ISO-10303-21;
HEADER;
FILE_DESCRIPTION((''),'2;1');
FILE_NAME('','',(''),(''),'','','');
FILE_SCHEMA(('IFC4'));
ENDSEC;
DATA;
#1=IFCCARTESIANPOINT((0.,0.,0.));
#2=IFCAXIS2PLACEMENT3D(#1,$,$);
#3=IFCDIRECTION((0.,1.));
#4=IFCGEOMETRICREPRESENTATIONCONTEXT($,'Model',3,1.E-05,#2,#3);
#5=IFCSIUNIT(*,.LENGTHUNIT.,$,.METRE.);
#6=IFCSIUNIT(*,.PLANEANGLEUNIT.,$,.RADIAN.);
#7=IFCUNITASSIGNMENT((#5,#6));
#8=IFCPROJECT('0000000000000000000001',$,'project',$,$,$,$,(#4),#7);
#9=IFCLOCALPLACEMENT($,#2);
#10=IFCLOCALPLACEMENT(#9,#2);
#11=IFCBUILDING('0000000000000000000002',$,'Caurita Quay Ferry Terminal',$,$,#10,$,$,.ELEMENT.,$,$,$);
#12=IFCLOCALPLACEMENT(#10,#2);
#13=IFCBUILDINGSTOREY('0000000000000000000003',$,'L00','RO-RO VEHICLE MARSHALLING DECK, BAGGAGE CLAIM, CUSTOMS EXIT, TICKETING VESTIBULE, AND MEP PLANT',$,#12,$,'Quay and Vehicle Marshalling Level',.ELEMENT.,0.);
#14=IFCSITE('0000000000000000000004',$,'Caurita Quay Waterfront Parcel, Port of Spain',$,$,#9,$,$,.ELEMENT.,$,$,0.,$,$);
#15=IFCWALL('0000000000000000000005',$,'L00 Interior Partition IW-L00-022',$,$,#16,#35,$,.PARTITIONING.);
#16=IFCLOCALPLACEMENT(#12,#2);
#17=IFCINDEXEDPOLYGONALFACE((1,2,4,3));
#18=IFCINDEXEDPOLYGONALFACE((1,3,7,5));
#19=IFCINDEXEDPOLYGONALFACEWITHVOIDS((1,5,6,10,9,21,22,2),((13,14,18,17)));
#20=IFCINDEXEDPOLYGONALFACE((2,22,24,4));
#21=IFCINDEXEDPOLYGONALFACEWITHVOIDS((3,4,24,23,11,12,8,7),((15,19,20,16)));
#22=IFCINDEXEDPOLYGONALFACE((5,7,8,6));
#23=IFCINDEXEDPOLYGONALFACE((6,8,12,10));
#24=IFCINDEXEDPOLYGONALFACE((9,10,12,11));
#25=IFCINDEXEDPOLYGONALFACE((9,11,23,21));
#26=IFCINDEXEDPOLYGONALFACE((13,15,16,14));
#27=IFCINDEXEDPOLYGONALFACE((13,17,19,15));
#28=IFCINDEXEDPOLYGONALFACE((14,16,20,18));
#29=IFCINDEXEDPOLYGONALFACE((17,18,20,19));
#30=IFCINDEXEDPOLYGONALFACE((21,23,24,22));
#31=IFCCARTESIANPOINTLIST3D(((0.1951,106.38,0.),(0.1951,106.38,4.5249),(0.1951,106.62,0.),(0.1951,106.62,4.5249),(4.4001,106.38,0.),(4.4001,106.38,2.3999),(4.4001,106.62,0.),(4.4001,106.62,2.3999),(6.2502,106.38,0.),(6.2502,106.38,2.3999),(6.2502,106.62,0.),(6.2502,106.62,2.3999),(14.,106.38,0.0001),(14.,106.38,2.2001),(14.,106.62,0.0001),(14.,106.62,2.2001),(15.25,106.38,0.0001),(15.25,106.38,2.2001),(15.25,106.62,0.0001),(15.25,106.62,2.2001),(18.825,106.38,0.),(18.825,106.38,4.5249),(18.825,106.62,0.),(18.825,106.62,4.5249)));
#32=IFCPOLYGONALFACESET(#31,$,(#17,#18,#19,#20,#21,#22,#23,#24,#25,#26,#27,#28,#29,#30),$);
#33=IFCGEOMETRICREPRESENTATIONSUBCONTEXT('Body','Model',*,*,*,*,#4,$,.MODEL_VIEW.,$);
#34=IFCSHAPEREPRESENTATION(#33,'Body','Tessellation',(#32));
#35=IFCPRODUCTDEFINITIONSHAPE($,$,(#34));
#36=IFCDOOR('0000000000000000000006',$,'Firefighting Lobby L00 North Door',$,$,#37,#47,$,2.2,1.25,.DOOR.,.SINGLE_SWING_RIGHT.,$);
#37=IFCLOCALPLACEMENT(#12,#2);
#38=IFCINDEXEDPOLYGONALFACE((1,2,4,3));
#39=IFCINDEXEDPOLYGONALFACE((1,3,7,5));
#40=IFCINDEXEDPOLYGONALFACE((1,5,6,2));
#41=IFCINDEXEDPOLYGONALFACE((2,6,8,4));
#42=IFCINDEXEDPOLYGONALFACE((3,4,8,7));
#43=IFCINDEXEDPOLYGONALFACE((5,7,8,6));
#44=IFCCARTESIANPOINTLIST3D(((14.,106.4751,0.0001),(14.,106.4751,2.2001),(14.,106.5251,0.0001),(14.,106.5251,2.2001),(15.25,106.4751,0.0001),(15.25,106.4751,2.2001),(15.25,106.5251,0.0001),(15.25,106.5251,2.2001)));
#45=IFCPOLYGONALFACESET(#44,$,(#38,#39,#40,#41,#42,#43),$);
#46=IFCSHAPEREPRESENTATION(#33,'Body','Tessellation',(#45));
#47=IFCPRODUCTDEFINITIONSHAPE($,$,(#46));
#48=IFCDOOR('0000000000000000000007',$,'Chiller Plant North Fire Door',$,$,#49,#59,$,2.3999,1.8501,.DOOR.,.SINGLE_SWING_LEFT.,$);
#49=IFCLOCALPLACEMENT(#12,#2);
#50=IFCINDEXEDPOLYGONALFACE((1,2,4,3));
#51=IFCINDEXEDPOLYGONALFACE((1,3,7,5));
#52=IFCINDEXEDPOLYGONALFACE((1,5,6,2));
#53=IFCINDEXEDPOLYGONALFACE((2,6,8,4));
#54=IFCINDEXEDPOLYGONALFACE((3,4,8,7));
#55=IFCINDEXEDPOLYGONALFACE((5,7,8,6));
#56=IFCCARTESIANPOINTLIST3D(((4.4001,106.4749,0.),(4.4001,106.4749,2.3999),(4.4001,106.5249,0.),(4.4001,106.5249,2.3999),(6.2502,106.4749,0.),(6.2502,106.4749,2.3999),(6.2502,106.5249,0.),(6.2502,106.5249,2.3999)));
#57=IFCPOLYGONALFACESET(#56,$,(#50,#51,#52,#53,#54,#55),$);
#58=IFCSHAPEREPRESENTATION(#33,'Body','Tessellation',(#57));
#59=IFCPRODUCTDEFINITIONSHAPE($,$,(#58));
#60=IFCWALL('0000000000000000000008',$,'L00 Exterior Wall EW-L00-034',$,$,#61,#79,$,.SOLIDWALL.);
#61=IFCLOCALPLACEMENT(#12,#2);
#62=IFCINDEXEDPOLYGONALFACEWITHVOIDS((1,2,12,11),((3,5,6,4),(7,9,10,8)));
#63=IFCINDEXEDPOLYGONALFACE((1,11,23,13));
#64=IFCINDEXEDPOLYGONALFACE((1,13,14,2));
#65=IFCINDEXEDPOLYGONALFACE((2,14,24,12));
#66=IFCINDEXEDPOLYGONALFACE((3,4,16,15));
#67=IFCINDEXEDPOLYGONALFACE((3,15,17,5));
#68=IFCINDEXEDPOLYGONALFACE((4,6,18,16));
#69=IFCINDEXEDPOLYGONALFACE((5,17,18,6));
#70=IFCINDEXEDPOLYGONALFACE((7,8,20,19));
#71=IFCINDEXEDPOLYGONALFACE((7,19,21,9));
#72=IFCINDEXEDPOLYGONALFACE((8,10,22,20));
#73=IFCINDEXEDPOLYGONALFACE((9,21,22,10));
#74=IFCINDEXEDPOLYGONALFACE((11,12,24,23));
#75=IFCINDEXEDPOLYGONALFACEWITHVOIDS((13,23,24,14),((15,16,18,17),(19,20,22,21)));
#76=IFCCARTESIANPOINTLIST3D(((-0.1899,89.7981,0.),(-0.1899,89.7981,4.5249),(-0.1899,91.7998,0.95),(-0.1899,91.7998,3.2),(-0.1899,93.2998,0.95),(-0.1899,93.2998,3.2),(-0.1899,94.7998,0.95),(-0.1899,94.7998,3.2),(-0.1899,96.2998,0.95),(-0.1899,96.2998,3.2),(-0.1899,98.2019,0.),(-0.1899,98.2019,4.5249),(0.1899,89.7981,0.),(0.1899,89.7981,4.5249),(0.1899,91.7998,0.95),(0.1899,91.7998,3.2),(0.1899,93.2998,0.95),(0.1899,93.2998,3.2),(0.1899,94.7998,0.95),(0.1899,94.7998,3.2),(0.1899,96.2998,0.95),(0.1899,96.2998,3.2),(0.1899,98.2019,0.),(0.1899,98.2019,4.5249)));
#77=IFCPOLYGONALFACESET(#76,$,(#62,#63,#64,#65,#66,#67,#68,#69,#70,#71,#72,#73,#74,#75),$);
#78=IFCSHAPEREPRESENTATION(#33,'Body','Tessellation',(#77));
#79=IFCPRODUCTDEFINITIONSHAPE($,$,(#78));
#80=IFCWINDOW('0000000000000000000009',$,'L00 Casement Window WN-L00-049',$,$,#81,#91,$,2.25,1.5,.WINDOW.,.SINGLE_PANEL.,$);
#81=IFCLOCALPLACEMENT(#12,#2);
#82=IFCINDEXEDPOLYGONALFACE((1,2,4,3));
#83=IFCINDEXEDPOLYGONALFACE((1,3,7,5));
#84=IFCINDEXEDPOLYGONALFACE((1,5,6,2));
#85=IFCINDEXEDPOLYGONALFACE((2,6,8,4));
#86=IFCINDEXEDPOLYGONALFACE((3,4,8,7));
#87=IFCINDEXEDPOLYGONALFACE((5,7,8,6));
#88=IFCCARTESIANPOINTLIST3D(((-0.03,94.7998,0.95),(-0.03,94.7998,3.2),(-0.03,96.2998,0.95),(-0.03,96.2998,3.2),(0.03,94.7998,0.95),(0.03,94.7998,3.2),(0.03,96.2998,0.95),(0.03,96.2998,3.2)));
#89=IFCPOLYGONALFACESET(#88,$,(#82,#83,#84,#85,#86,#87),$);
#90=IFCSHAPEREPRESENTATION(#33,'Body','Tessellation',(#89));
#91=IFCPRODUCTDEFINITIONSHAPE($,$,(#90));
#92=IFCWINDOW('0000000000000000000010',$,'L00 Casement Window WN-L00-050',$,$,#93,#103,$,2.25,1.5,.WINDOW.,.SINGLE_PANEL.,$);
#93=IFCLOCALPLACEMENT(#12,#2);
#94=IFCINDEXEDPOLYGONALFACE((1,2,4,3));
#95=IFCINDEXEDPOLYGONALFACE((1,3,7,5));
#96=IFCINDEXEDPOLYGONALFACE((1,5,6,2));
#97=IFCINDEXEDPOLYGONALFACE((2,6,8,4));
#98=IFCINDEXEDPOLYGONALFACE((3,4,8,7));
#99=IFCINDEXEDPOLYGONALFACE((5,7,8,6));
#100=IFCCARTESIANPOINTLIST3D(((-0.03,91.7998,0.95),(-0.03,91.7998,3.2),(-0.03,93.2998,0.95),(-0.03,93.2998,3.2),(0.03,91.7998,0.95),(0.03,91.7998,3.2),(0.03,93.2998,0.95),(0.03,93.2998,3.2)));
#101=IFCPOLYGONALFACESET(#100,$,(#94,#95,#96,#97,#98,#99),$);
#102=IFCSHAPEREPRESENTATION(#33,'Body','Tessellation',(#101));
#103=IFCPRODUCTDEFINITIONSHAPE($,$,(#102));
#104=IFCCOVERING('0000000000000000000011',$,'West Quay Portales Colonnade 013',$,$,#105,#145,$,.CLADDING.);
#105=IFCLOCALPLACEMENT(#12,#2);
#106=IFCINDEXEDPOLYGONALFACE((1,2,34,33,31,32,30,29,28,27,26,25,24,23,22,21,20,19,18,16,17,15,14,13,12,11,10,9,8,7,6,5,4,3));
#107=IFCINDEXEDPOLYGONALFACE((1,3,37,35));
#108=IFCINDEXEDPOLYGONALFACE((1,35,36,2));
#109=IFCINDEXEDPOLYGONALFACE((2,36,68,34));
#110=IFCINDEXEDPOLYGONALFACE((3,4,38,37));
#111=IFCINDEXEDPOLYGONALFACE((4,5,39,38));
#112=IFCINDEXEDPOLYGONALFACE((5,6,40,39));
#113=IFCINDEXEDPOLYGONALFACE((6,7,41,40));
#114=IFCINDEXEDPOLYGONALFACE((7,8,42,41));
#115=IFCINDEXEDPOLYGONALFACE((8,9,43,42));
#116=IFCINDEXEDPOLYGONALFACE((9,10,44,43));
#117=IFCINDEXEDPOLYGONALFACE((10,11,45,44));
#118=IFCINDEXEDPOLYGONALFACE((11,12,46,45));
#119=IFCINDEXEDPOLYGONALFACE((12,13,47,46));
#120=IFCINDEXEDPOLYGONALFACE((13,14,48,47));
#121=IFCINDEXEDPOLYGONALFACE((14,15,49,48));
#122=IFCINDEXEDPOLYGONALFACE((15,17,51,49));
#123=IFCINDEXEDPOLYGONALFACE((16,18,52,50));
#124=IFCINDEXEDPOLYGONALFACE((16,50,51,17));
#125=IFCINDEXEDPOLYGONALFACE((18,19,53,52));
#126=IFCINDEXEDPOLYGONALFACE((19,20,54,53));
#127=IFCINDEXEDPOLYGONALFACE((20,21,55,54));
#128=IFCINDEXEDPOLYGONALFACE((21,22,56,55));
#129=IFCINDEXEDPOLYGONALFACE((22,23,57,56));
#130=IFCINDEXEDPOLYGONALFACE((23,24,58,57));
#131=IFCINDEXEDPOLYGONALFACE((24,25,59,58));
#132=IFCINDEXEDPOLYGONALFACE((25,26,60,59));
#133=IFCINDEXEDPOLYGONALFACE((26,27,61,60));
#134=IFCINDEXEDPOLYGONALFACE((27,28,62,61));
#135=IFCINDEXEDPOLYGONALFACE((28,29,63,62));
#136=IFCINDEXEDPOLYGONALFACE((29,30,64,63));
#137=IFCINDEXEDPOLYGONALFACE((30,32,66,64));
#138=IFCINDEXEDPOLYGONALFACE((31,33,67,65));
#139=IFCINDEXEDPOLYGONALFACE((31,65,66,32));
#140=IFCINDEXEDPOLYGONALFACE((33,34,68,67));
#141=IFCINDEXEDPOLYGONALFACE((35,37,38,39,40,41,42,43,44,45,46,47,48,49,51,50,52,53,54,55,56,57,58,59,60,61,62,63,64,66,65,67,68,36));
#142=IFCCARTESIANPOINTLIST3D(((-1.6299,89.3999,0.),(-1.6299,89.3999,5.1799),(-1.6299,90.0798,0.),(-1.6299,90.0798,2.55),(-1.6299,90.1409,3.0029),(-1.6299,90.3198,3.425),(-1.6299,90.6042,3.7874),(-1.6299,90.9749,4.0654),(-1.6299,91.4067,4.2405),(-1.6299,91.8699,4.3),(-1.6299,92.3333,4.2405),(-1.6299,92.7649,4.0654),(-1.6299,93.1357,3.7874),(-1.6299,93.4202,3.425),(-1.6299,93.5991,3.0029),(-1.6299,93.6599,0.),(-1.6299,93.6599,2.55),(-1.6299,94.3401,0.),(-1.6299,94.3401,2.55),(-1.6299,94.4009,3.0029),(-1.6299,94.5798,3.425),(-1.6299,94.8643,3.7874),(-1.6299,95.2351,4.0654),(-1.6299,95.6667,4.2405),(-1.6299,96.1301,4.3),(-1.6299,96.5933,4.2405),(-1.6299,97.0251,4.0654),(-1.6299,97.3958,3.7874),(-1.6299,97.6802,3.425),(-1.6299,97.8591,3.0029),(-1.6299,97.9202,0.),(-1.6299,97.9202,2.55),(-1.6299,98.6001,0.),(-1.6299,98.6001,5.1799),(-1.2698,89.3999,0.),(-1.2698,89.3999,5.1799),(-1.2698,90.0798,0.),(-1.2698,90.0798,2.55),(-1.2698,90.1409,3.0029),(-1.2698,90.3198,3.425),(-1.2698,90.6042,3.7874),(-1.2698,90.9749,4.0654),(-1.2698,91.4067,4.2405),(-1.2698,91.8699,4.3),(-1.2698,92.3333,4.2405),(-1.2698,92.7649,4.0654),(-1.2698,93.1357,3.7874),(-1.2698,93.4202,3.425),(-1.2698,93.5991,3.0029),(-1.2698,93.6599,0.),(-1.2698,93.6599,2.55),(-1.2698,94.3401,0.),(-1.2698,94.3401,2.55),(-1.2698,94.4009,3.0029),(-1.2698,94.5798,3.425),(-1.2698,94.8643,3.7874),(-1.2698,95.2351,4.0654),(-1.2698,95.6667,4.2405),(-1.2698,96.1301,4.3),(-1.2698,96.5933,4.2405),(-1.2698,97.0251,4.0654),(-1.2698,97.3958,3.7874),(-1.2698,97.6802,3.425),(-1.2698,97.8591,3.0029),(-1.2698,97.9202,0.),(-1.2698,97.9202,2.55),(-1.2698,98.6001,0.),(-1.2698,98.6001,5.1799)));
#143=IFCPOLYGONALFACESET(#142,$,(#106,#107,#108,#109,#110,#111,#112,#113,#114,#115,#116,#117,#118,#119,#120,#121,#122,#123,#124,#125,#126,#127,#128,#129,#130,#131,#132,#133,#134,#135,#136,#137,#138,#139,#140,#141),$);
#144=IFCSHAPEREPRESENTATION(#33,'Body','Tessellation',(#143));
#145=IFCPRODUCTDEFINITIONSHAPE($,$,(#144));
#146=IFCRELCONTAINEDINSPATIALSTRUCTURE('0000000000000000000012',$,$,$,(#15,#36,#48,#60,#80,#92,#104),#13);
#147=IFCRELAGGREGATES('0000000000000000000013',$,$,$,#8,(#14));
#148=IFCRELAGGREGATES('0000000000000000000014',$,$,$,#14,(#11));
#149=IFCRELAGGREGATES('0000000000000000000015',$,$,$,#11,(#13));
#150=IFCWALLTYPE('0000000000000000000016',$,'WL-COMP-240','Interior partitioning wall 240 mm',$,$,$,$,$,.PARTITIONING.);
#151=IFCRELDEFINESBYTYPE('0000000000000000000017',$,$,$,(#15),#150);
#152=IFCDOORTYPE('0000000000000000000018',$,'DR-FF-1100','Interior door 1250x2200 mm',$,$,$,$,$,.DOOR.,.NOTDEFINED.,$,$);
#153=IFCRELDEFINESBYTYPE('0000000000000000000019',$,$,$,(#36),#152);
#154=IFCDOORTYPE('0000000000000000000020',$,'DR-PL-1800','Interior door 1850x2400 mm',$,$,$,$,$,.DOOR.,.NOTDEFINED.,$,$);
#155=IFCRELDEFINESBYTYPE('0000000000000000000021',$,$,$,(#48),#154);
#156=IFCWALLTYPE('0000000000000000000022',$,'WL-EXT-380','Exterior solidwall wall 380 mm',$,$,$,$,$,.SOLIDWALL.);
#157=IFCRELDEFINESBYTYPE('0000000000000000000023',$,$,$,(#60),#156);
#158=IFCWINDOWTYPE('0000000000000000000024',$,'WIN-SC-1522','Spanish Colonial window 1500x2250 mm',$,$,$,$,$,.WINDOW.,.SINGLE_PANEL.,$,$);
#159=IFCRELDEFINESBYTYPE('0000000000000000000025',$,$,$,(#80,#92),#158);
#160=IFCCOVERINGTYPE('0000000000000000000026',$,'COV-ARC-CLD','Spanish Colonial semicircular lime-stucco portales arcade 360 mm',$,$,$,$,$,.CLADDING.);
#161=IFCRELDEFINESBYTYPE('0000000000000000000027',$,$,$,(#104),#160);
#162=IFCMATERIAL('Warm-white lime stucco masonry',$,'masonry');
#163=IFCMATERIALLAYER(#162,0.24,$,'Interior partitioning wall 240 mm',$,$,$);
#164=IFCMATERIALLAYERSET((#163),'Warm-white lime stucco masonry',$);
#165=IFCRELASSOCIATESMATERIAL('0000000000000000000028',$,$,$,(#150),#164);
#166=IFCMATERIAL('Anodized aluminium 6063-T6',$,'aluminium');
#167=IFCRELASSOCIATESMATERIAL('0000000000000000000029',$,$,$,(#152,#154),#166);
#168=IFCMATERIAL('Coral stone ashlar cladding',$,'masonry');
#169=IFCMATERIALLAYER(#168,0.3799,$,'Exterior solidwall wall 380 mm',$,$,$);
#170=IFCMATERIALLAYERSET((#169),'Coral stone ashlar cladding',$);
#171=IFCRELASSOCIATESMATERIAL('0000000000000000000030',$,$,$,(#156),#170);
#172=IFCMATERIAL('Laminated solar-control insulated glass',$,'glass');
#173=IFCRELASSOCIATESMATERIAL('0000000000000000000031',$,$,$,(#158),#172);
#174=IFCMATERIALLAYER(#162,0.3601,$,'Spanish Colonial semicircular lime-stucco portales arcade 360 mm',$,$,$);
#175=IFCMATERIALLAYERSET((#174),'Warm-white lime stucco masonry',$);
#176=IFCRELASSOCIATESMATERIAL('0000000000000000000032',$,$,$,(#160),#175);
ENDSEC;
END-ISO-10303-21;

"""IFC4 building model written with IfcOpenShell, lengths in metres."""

from ifc_helpers import new_model, si_unit, direction, frame, frame_2d, origin, place, context, subcontext, project, spatial, polyline, rectangle, outline, extrude, material, layer, layer_set, type_object, element, fill, save


model = new_model("IFC4")

# Units and contexts
model_context = context("Model", 3, precision=1e-05, world=origin(), true_north=direction((0.0, 1.0)))
body_context = subcontext(model_context, "Body", "Model", "MODEL_VIEW")
ifc_project = project(units=[si_unit("LENGTHUNIT", "METRE"), si_unit("PLANEANGLEUNIT", "RADIAN")], contexts=[model_context])

# Site, building, storey
site_placement = place(None, origin())
site = spatial("IfcSite", under=ifc_project, at=site_placement, Name="Caurita Quay Waterfront Parcel, Port of Spain", CompositionType="ELEMENT", RefElevation=0.0)
building_placement = place(site_placement, origin())
building = spatial("IfcBuilding", under=site, at=building_placement, Name="Caurita Quay Ferry Terminal", CompositionType="ELEMENT")
storey_placement = place(building_placement, origin())
storey = spatial("IfcBuildingStorey", under=building, at=storey_placement, Name="L00", Description="RO-RO VEHICLE MARSHALLING DECK, BAGGAGE CLAIM, CUSTOMS EXIT, TICKETING VESTIBULE, AND MEP PLANT", LongName="Quay and Vehicle Marshalling Level", CompositionType="ELEMENT", Elevation=0.0)

# Wall, openings, doors
ifc_material_1 = material(Name="Warm-white lime stucco masonry", Category="masonry")
ifc_layer_1 = layer(ifc_material_1, 0.24, Name="Interior partitioning wall 240 mm")
ifc_layer_set_1 = layer_set([ifc_layer_1], Name="Warm-white lime stucco masonry")
wall_type_1 = type_object("IfcWallType", Name="WL-COMP-240", Description="Interior partitioning wall 240 mm", PredefinedType="PARTITIONING", material=ifc_layer_set_1)
wall_1_placement = place(storey_placement, frame((0.1951, 106.5, 0.0), z_axis=(0.0, 0.0, 1.0), x_axis=(1.0, 0.0, 0.0)))
wall_1 = element("IfcWall", 1, at=wall_1_placement, inside=storey, type_object=wall_type_1, Name="L00 Interior Partition IW-L00-022", PredefinedType="PARTITIONING", context=body_context, shape_type="SweptSolid", body=[
    extrude(rectangle(XDim=18.6299, YDim=0.24, at=frame_2d((9.3149, 0.0))), origin(), (0.0, 0.0, 1.0), 4.5249),
])
opening_1_placement = place(wall_1_placement, frame((4.2051, 0.0, 0.0)))
opening_1 = element("IfcOpeningElement", 2, at=opening_1_placement, cuts=wall_1, PredefinedType="OPENING", context=body_context, shape_type="SweptSolid", body=[
    extrude(rectangle(XDim=1.8501, YDim=2.3999, at=frame_2d((0.925, 1.2))), frame((0.0, 0.1299, 0.0), z_axis=(0.0, -1.0, 0.0), x_axis=(1.0, 0.0, 0.0)), (0.0, 0.0, 1.0), 0.26),
])
opening_2_placement = place(wall_1_placement, frame((13.8049, 0.0, 0.0)))
opening_2 = element("IfcOpeningElement", 3, at=opening_2_placement, cuts=wall_1, PredefinedType="OPENING", context=body_context, shape_type="SweptSolid", body=[
    extrude(rectangle(XDim=1.25, YDim=2.2, at=frame_2d((0.625, 1.1001))), frame((0.0, 0.1299, 0.0), z_axis=(0.0, -1.0, 0.0), x_axis=(1.0, 0.0, 0.0)), (0.0, 0.0, 1.0), 0.26),
])
ifc_material_2 = material(Name="Anodized aluminium 6063-T6", Category="aluminium")
door_type_1 = type_object("IfcDoorType", Name="DR-FF-1100", Description="Interior door 1250x2200 mm", OperationType="NOTDEFINED", PredefinedType="DOOR", material=ifc_material_2)
door_1_placement = place(opening_2_placement, frame((1.25, 0.0, 0.0), z_axis=(0.0, 0.0, 1.0), x_axis=(-1.0, 0.0, 0.0)))
door_1 = element("IfcDoor", 4, at=door_1_placement, inside=storey, type_object=door_type_1, Name="Firefighting Lobby L00 North Door", OperationType="SINGLE_SWING_RIGHT", OverallHeight=2.2, OverallWidth=1.25, PredefinedType="DOOR", context=body_context, shape_type="SweptSolid", body=[
    extrude(rectangle(XDim=1.25, YDim=2.2, at=frame_2d((0.625, 1.1001))), frame((0.0, 0.0249, 0.0), z_axis=(0.0, -1.0, 0.0), x_axis=(1.0, 0.0, 0.0)), (0.0, 0.0, 1.0), 0.05),
])
fill(opening_2, door_1)
door_type_2 = type_object("IfcDoorType", Name="DR-PL-1800", Description="Interior door 1850x2400 mm", OperationType="NOTDEFINED", PredefinedType="DOOR", material=ifc_material_2)
door_2_placement = place(opening_1_placement, origin())
door_2 = element("IfcDoor", 5, at=door_2_placement, inside=storey, type_object=door_type_2, Name="Chiller Plant North Fire Door", OperationType="SINGLE_SWING_LEFT", OverallHeight=2.3999, OverallWidth=1.8501, PredefinedType="DOOR", context=body_context, shape_type="SweptSolid", body=[
    extrude(rectangle(XDim=1.8501, YDim=2.3999, at=frame_2d((0.925, 1.2))), frame((0.0, 0.0249, 0.0), z_axis=(0.0, -1.0, 0.0), x_axis=(1.0, 0.0, 0.0)), (0.0, 0.0, 1.0), 0.05),
])
fill(opening_1, door_2)

# Wall, openings, windows
ifc_material_3 = material(Name="Coral stone ashlar cladding", Category="masonry")
ifc_layer_2 = layer(ifc_material_3, 0.3799, Name="Exterior solidwall wall 380 mm")
ifc_layer_set_2 = layer_set([ifc_layer_2], Name="Coral stone ashlar cladding")
wall_type_2 = type_object("IfcWallType", Name="WL-EXT-380", Description="Exterior solidwall wall 380 mm", PredefinedType="SOLIDWALL", material=ifc_layer_set_2)
wall_2_placement = place(storey_placement, frame((0.0, 98.2019, 0.0), z_axis=(0.0, 0.0, 1.0), x_axis=(0.0, -1.0, 0.0)))
wall_2 = element("IfcWall", 6, at=wall_2_placement, inside=storey, type_object=wall_type_2, Name="L00 Exterior Wall EW-L00-034", PredefinedType="SOLIDWALL", context=body_context, shape_type="SweptSolid", body=[
    extrude(rectangle(XDim=8.4038, YDim=0.3799, at=frame_2d((4.2019, 0.0))), origin(), (0.0, 0.0, 1.0), 4.5249),
])
opening_3_placement = place(wall_2_placement, frame((1.9021, 0.0, 0.95)))
opening_3 = element("IfcOpeningElement", 7, at=opening_3_placement, cuts=wall_2, PredefinedType="OPENING", context=body_context, shape_type="SweptSolid", body=[
    extrude(rectangle(XDim=1.5, YDim=2.25, at=frame_2d((0.75, 1.125))), frame((0.0, 0.2, 0.0), z_axis=(0.0, -1.0, 0.0), x_axis=(1.0, 0.0, 0.0)), (0.0, 0.0, 1.0), 0.3999),
])
opening_4_placement = place(wall_2_placement, frame((4.9021, 0.0, 0.95)))
opening_4 = element("IfcOpeningElement", 8, at=opening_4_placement, cuts=wall_2, PredefinedType="OPENING", context=body_context, shape_type="SweptSolid", body=[
    extrude(rectangle(XDim=1.5, YDim=2.25, at=frame_2d((0.75, 1.125))), frame((0.0, 0.2, 0.0), z_axis=(0.0, -1.0, 0.0), x_axis=(1.0, 0.0, 0.0)), (0.0, 0.0, 1.0), 0.3999),
])
ifc_material_4 = material(Name="Laminated solar-control insulated glass", Category="glass")
window_type = type_object("IfcWindowType", Name="WIN-SC-1522", Description="Spanish Colonial window 1500x2250 mm", PartitioningType="SINGLE_PANEL", PredefinedType="WINDOW", material=ifc_material_4)
window_1_placement = place(opening_3_placement, origin())
window_1 = element("IfcWindow", 9, at=window_1_placement, inside=storey, type_object=window_type, Name="L00 Casement Window WN-L00-049", OverallHeight=2.25, OverallWidth=1.5, PartitioningType="SINGLE_PANEL", PredefinedType="WINDOW", context=body_context, shape_type="SweptSolid", body=[
    extrude(rectangle(XDim=1.5, YDim=2.25, at=frame_2d((0.75, 1.125))), frame((0.0, 0.03, 0.0), z_axis=(0.0, -1.0, 0.0), x_axis=(1.0, 0.0, 0.0)), (0.0, 0.0, 1.0), 0.0601),
])
fill(opening_3, window_1)
window_2_placement = place(opening_4_placement, origin())
window_2 = element("IfcWindow", 10, at=window_2_placement, inside=storey, type_object=window_type, Name="L00 Casement Window WN-L00-050", OverallHeight=2.25, OverallWidth=1.5, PartitioningType="SINGLE_PANEL", PredefinedType="WINDOW", context=body_context, shape_type="SweptSolid", body=[
    extrude(rectangle(XDim=1.5, YDim=2.25, at=frame_2d((0.75, 1.125))), frame((0.0, 0.03, 0.0), z_axis=(0.0, -1.0, 0.0), x_axis=(1.0, 0.0, 0.0)), (0.0, 0.0, 1.0), 0.0601),
])
fill(opening_4, window_2)

# Covering
ifc_layer_3 = layer(ifc_material_1, 0.3601, Name="Spanish Colonial semicircular lime-stucco portales arcade 360 mm")
ifc_layer_set_3 = layer_set([ifc_layer_3], Name="Warm-white lime stucco masonry")
covering_type_1 = type_object("IfcCoveringType", Name="COV-ARC-CLD", Description="Spanish Colonial semicircular lime-stucco portales arcade 360 mm", PredefinedType="CLADDING", material=ifc_layer_set_3)
covering_1_placement = place(storey_placement, frame((-1.45, 98.6001, 0.0), z_axis=(0.0, 0.0, 1.0), x_axis=(0.0, -1.0, 0.0)))
element("IfcCovering", 11, at=covering_1_placement, inside=storey, type_object=covering_type_1, Name="West Quay Portales Colonnade 013", PredefinedType="CLADDING", context=body_context, shape_type="SweptSolid", body=[
    extrude(outline(polyline([(0.0, 0.0), (0.6799, 0.0), (0.6799, 2.55), (0.741, 3.0029), (0.9199, 3.425), (1.2043, 3.7874), (1.575, 4.0654), (2.0068, 4.2405), (2.47, 4.3), (2.9333, 4.2405), (3.365, 4.0654), (3.7358, 3.7874), (4.0203, 3.425), (4.1992, 3.0029), (4.26, 2.55), (4.26, 0.0), (4.9402, 0.0), (4.9402, 2.55), (5.001, 3.0029), (5.1799, 3.425), (5.4644, 3.7874), (5.8352, 4.0654), (6.2668, 4.2405), (6.7302, 4.3), (7.1934, 4.2405), (7.6252, 4.0654), (7.9958, 3.7874), (8.2803, 3.425), (8.4592, 3.0029), (8.5203, 2.55), (8.5203, 0.0), (9.2002, 0.0), (9.2002, 5.1799), (0.0, 5.1799), (0.0, 0.0)])), frame((0.0, 0.1802, 0.0), z_axis=(0.0, -1.0, 0.0), x_axis=(1.0, 0.0, 0.0)), (0.0, 0.0, 1.0), 0.3601),
])

save(model, "model.ifc")
